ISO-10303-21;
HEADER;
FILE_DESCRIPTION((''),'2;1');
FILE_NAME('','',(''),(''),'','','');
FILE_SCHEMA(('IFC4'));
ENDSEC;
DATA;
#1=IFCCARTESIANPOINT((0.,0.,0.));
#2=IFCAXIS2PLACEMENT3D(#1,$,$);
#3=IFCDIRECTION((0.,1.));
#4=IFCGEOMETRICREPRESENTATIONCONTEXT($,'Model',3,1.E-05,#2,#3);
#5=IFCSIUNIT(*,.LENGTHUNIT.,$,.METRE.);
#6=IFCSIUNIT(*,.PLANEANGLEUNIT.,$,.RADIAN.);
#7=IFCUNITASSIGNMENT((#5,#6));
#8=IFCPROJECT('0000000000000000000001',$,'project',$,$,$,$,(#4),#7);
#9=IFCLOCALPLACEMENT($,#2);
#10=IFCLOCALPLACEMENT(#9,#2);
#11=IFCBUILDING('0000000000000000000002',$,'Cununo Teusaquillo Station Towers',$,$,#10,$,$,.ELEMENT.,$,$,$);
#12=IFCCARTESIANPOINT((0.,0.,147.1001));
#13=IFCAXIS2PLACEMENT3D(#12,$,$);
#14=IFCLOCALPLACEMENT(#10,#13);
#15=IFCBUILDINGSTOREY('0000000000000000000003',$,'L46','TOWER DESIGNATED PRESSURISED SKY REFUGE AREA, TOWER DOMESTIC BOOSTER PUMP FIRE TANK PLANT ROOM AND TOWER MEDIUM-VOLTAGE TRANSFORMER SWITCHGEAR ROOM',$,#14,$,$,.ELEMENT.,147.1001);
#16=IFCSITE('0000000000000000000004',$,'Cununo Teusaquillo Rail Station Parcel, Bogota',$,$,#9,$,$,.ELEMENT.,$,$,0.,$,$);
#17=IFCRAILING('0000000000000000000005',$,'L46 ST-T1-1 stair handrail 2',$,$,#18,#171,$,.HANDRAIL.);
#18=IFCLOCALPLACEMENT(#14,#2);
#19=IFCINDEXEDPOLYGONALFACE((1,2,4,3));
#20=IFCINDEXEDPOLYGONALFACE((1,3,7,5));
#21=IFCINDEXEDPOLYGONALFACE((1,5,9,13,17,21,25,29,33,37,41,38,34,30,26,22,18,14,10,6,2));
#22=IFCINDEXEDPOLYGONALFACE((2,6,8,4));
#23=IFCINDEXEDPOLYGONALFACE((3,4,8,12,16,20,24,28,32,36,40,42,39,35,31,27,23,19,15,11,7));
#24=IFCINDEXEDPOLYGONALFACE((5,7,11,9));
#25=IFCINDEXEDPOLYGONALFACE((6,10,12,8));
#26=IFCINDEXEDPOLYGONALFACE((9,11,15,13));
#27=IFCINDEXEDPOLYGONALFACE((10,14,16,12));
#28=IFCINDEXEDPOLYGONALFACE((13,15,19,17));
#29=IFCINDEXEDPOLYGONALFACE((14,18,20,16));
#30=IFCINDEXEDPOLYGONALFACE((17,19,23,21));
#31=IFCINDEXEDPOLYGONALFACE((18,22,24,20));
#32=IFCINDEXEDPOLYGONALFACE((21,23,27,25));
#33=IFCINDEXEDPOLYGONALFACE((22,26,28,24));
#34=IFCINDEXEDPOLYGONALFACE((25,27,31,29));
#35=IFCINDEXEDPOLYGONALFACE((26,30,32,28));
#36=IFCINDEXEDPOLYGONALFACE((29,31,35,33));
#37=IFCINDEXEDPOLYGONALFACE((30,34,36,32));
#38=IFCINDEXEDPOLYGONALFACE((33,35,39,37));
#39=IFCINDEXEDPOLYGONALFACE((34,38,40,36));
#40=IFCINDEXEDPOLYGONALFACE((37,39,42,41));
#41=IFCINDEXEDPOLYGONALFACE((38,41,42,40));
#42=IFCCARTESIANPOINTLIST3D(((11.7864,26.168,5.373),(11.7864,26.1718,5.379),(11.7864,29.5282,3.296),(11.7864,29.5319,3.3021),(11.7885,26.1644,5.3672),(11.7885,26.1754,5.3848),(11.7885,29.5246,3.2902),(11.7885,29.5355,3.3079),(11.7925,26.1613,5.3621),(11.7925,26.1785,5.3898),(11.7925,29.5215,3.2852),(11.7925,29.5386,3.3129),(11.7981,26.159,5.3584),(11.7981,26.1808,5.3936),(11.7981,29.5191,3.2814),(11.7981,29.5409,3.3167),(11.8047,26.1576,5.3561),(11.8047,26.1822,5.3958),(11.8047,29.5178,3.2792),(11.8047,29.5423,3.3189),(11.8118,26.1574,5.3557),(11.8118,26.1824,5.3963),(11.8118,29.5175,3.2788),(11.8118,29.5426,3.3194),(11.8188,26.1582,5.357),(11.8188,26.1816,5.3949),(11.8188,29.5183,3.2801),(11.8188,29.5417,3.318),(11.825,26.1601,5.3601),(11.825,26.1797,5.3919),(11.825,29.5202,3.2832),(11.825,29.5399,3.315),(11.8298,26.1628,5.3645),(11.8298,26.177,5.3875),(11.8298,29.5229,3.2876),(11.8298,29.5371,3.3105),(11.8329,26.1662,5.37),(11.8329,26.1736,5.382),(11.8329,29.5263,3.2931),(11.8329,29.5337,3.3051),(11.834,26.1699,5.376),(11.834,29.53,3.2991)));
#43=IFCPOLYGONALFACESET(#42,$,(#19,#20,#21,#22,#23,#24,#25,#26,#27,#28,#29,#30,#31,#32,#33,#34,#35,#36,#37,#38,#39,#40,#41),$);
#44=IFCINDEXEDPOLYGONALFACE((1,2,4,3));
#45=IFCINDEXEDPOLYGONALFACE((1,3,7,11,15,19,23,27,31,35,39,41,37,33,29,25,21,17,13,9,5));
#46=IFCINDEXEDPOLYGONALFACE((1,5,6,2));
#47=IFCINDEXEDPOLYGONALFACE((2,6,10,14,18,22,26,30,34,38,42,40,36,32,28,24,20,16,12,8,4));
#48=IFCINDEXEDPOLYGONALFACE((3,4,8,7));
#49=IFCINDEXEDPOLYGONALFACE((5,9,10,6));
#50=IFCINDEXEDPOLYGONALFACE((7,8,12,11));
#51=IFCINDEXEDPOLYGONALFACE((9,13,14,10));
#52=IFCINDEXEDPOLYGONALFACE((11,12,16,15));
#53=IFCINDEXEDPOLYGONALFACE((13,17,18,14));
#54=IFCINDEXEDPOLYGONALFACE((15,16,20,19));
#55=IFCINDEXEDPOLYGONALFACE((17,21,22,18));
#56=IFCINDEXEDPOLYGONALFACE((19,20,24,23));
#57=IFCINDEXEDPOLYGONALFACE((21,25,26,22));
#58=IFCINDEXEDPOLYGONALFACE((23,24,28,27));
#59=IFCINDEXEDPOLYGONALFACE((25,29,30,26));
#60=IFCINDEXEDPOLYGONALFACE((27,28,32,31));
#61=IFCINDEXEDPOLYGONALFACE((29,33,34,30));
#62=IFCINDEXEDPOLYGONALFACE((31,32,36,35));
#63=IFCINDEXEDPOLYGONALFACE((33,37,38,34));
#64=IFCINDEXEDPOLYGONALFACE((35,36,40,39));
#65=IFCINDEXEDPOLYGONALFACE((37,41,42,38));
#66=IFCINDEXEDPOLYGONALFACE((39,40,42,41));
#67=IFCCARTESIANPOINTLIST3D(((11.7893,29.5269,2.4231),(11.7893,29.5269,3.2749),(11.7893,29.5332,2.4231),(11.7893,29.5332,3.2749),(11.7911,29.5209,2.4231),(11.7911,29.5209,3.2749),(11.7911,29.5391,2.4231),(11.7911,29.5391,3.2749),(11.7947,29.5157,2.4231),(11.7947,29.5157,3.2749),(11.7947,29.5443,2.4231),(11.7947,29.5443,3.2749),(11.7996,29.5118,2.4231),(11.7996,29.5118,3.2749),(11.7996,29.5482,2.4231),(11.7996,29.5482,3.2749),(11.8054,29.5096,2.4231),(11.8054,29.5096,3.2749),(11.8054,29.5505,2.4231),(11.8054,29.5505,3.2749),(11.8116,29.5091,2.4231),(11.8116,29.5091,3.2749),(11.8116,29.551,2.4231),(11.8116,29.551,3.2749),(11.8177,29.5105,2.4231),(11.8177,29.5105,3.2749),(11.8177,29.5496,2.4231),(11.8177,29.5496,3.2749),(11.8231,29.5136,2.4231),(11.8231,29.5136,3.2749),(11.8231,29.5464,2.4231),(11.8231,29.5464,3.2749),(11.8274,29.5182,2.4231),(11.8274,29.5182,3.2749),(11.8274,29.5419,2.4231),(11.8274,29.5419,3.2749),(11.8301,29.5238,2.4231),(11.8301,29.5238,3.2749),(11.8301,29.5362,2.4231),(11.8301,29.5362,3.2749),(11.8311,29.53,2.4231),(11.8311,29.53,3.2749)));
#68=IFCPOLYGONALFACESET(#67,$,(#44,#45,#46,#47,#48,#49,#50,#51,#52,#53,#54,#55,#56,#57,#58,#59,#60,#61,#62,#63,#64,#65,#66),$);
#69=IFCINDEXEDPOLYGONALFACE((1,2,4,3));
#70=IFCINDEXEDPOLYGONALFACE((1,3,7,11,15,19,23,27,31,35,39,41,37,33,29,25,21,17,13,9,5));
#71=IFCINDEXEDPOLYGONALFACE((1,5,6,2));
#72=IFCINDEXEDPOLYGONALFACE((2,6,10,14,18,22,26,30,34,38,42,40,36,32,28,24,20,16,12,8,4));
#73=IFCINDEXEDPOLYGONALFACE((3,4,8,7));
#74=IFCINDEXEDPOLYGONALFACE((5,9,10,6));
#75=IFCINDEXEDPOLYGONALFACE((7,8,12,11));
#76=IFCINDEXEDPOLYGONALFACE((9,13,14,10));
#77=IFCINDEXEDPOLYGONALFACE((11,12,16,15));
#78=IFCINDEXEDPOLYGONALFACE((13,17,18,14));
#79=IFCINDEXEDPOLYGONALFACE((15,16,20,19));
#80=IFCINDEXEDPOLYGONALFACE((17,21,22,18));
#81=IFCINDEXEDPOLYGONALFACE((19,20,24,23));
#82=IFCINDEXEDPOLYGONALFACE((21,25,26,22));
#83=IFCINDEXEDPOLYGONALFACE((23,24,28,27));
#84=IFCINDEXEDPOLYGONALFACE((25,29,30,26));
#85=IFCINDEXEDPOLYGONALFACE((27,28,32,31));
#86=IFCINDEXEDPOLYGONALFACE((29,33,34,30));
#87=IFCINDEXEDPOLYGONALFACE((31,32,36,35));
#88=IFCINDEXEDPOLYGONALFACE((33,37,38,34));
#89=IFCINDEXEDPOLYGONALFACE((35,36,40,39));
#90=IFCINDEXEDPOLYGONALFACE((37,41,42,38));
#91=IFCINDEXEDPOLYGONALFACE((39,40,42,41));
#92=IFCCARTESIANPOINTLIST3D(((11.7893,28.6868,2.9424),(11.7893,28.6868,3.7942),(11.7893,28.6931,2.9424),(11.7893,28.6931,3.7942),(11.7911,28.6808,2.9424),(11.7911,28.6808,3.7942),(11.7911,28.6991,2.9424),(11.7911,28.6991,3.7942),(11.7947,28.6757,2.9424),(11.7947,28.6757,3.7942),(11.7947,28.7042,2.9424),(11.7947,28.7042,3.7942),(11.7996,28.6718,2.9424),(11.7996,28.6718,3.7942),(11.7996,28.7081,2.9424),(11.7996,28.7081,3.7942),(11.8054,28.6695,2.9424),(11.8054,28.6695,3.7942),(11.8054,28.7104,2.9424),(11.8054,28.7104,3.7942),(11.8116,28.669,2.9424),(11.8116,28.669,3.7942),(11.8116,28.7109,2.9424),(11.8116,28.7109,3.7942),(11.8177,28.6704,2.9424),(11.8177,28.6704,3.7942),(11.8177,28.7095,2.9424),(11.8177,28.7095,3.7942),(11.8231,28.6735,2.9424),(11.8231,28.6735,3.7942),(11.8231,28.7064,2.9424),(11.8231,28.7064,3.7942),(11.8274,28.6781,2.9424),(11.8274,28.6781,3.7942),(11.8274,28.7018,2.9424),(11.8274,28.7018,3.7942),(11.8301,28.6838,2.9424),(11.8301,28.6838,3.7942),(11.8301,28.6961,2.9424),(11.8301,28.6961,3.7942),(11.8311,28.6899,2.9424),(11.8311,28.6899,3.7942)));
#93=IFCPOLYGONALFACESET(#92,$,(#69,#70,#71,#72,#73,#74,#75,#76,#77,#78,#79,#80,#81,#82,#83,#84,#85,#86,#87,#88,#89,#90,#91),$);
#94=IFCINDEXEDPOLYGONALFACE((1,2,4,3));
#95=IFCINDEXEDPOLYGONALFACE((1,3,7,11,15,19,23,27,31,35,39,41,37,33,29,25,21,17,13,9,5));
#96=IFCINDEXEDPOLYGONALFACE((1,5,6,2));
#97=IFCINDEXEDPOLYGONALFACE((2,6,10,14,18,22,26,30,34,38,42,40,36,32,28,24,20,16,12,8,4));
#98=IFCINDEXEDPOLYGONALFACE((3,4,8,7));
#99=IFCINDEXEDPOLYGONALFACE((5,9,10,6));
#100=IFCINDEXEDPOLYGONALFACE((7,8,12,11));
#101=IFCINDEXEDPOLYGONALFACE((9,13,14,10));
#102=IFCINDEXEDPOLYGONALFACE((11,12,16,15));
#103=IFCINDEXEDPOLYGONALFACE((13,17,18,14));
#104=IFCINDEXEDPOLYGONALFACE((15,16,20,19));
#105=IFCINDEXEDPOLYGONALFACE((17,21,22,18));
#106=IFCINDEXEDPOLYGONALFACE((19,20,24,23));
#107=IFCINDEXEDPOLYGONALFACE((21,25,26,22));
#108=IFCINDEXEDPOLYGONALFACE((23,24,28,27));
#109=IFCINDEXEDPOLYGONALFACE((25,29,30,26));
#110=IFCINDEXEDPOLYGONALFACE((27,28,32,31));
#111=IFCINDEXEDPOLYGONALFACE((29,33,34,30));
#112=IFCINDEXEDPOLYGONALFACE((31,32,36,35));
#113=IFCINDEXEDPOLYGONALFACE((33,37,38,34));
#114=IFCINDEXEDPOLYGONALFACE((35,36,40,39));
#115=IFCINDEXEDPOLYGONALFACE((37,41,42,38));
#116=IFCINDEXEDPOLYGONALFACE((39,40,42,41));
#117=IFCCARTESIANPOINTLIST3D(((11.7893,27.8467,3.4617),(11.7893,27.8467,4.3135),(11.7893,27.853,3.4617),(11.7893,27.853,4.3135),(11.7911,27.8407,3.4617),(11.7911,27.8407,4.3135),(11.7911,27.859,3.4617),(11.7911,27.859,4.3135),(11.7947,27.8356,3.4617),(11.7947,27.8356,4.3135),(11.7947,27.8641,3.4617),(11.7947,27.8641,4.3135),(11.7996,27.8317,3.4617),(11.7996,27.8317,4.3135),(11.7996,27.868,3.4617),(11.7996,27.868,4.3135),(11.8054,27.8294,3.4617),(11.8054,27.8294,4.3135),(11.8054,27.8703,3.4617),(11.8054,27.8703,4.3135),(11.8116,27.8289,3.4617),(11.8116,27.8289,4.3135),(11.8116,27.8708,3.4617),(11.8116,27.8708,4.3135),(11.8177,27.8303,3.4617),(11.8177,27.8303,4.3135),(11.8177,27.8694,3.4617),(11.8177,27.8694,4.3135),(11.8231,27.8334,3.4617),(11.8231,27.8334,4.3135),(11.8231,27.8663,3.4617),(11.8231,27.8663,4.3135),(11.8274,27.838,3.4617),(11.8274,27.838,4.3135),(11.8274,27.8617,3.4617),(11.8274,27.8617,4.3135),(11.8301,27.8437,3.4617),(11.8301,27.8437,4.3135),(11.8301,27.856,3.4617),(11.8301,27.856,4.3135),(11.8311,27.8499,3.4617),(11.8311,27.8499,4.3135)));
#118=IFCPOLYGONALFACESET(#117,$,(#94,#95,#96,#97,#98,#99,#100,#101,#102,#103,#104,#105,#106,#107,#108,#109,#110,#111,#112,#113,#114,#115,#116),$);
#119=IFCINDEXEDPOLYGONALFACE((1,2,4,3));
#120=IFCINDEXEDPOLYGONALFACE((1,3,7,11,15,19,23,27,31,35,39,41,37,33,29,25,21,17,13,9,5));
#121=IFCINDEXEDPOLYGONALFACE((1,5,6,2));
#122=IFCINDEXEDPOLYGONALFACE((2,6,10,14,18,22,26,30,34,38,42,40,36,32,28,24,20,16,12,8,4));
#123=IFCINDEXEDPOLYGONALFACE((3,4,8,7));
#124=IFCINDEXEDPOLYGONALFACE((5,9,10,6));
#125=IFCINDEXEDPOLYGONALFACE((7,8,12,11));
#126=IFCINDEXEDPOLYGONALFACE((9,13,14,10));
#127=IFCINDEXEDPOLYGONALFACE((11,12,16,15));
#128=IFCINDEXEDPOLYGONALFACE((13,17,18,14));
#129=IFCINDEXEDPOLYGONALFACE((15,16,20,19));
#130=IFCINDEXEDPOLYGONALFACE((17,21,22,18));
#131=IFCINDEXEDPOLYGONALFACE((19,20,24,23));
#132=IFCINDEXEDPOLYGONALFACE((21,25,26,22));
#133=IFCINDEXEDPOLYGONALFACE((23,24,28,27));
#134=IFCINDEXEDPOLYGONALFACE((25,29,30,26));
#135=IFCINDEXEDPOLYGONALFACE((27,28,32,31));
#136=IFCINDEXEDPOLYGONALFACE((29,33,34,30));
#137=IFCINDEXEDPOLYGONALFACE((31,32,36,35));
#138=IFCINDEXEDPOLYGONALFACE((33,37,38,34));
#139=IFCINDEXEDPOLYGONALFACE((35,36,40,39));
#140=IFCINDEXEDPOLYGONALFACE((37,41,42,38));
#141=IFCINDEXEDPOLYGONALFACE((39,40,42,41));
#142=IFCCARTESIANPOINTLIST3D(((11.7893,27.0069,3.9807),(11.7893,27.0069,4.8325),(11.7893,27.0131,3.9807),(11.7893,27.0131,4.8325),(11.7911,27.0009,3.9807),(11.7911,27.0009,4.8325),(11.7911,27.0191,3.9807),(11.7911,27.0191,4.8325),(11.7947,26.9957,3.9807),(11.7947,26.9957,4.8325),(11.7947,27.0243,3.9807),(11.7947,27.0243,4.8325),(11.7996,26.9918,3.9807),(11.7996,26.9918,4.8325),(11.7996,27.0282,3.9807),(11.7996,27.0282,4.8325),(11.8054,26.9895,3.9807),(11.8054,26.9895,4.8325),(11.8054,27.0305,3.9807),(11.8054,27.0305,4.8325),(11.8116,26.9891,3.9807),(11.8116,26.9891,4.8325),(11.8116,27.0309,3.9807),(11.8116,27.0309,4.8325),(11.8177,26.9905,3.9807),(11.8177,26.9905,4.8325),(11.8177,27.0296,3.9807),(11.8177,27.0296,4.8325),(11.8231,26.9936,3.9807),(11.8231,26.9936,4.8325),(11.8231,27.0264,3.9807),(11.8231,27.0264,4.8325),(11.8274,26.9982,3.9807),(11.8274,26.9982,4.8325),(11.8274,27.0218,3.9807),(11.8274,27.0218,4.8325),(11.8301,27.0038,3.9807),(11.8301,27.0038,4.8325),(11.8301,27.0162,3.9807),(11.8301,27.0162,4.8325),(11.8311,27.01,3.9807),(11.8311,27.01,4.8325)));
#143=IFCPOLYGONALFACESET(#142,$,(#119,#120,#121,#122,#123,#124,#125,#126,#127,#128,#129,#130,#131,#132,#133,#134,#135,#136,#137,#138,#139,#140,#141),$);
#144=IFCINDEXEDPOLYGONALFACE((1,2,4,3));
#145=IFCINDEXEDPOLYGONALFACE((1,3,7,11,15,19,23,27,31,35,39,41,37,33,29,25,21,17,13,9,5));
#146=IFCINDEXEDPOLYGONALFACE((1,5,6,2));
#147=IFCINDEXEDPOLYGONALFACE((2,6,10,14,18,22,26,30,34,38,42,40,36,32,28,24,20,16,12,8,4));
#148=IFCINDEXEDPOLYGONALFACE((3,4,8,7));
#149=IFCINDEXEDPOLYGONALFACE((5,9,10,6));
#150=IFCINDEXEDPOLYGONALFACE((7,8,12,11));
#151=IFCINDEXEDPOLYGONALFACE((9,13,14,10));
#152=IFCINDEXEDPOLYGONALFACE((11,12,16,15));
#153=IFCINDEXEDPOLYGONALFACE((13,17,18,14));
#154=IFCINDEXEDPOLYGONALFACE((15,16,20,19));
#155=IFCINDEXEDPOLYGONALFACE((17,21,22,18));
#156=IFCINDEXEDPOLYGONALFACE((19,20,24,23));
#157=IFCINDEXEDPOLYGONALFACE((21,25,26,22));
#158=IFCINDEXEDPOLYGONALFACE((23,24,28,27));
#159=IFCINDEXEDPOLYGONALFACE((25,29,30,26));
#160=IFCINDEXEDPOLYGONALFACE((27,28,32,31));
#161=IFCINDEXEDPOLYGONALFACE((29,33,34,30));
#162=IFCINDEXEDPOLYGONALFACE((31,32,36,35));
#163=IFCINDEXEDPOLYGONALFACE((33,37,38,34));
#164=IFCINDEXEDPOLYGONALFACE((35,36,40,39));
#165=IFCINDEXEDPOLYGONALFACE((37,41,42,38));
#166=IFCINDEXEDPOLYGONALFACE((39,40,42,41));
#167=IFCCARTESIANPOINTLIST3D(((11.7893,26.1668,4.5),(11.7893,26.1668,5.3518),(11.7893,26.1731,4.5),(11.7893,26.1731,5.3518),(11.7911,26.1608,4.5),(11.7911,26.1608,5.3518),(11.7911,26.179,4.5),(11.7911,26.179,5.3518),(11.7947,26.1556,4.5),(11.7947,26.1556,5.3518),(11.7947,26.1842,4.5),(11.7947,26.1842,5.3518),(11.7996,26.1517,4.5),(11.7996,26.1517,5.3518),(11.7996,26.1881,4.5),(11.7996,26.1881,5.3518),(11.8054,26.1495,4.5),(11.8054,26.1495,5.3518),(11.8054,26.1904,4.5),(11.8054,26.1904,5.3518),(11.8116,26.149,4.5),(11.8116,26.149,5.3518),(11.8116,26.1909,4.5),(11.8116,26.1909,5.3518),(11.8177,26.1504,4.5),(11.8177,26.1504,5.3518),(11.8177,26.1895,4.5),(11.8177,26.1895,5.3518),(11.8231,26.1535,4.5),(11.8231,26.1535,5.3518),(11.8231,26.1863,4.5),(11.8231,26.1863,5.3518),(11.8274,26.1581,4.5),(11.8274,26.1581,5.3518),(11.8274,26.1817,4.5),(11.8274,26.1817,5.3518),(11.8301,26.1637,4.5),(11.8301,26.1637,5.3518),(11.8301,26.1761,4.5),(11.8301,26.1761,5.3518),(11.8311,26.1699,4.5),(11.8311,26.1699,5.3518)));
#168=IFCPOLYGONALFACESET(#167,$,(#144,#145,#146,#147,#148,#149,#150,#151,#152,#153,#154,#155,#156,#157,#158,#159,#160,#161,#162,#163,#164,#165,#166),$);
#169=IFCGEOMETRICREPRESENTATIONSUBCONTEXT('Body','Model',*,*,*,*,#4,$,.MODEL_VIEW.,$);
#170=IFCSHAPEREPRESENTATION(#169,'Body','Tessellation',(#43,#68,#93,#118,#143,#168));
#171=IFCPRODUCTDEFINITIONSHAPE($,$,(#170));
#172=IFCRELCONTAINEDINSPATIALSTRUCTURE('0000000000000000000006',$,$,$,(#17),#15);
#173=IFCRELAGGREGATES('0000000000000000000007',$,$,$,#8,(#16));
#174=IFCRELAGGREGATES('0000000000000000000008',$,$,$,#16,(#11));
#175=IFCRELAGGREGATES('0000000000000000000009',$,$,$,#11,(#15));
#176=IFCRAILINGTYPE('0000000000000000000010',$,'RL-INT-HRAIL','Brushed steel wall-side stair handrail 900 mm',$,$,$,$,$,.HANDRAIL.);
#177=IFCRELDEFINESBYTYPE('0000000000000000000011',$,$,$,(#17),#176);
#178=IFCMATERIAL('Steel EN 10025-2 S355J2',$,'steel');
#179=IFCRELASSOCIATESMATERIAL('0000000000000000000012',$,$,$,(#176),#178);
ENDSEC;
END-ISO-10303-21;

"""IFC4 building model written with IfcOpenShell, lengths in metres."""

from ifc_helpers import new_model, si_unit, direction, frame, origin, origin_2d, place, context, subcontext, project, spatial, circle, extrude, material, type_object, element, save


model = new_model("IFC4")

# Units and contexts
model_context = context("Model", 3, precision=1e-05, world=origin(), true_north=direction((0.0, 1.0)))
body_context = subcontext(model_context, "Body", "Model", "MODEL_VIEW")
ifc_project = project(units=[si_unit("LENGTHUNIT", "METRE"), si_unit("PLANEANGLEUNIT", "RADIAN")], contexts=[model_context])

# Site, building, storey
site_placement = place(None, origin())
site = spatial("IfcSite", under=ifc_project, at=site_placement, Name="Cununo Teusaquillo Rail Station Parcel, Bogota", CompositionType="ELEMENT", RefElevation=0.0)
building_placement = place(site_placement, origin())
building = spatial("IfcBuilding", under=site, at=building_placement, Name="Cununo Teusaquillo Station Towers", CompositionType="ELEMENT")
storey_placement = place(building_placement, frame((0.0, 0.0, 147.1001)))
storey = spatial("IfcBuildingStorey", under=building, at=storey_placement, Name="L46", Description="TOWER DESIGNATED PRESSURISED SKY REFUGE AREA, TOWER DOMESTIC BOOSTER PUMP FIRE TANK PLANT ROOM AND TOWER MEDIUM-VOLTAGE TRANSFORMER SWITCHGEAR ROOM", CompositionType="ELEMENT", Elevation=147.1001)

# Railing
ifc_material_1 = material(Name="Steel EN 10025-2 S355J2", Category="steel")
railing_type_1 = type_object("IfcRailingType", Name="RL-INT-HRAIL", Description="Brushed steel wall-side stair handrail 900 mm", PredefinedType="HANDRAIL", material=ifc_material_1)
railing_1_placement = place(storey_placement, frame((11.8101, 29.53, 2.4231)))
element("IfcRailing", 1, at=railing_1_placement, inside=storey, type_object=railing_type_1, Name="L46 ST-T1-1 stair handrail 2", PredefinedType="HANDRAIL", context=body_context, shape_type="SweptSolid", body=[
    extrude(circle(Radius=0.0239, at=origin_2d()), frame((0.0, 0.0, 0.876), z_axis=(0.0, -0.850623, 0.525776), x_axis=(1.0, 0.0, 0.0)), (0.0, 0.0, 1.0), 3.9502),
    extrude(circle(Radius=0.021, at=origin_2d()), origin(), (0.0, 0.0, 1.0), 0.8518),
    extrude(circle(Radius=0.021, at=origin_2d()), frame((0.0, -0.8401, 0.5193)), (0.0, 0.0, 1.0), 0.8518),
    extrude(circle(Radius=0.021, at=origin_2d()), frame((0.0, -1.6802, 1.0386)), (0.0, 0.0, 1.0), 0.8518),
    extrude(circle(Radius=0.021, at=origin_2d()), frame((0.0, -2.52, 1.5576)), (0.0, 0.0, 1.0), 0.8518),
    extrude(circle(Radius=0.021, at=origin_2d()), frame((0.0, -3.3601, 2.0769)), (0.0, 0.0, 1.0), 0.8518),
])

save(model, "model.ifc")
